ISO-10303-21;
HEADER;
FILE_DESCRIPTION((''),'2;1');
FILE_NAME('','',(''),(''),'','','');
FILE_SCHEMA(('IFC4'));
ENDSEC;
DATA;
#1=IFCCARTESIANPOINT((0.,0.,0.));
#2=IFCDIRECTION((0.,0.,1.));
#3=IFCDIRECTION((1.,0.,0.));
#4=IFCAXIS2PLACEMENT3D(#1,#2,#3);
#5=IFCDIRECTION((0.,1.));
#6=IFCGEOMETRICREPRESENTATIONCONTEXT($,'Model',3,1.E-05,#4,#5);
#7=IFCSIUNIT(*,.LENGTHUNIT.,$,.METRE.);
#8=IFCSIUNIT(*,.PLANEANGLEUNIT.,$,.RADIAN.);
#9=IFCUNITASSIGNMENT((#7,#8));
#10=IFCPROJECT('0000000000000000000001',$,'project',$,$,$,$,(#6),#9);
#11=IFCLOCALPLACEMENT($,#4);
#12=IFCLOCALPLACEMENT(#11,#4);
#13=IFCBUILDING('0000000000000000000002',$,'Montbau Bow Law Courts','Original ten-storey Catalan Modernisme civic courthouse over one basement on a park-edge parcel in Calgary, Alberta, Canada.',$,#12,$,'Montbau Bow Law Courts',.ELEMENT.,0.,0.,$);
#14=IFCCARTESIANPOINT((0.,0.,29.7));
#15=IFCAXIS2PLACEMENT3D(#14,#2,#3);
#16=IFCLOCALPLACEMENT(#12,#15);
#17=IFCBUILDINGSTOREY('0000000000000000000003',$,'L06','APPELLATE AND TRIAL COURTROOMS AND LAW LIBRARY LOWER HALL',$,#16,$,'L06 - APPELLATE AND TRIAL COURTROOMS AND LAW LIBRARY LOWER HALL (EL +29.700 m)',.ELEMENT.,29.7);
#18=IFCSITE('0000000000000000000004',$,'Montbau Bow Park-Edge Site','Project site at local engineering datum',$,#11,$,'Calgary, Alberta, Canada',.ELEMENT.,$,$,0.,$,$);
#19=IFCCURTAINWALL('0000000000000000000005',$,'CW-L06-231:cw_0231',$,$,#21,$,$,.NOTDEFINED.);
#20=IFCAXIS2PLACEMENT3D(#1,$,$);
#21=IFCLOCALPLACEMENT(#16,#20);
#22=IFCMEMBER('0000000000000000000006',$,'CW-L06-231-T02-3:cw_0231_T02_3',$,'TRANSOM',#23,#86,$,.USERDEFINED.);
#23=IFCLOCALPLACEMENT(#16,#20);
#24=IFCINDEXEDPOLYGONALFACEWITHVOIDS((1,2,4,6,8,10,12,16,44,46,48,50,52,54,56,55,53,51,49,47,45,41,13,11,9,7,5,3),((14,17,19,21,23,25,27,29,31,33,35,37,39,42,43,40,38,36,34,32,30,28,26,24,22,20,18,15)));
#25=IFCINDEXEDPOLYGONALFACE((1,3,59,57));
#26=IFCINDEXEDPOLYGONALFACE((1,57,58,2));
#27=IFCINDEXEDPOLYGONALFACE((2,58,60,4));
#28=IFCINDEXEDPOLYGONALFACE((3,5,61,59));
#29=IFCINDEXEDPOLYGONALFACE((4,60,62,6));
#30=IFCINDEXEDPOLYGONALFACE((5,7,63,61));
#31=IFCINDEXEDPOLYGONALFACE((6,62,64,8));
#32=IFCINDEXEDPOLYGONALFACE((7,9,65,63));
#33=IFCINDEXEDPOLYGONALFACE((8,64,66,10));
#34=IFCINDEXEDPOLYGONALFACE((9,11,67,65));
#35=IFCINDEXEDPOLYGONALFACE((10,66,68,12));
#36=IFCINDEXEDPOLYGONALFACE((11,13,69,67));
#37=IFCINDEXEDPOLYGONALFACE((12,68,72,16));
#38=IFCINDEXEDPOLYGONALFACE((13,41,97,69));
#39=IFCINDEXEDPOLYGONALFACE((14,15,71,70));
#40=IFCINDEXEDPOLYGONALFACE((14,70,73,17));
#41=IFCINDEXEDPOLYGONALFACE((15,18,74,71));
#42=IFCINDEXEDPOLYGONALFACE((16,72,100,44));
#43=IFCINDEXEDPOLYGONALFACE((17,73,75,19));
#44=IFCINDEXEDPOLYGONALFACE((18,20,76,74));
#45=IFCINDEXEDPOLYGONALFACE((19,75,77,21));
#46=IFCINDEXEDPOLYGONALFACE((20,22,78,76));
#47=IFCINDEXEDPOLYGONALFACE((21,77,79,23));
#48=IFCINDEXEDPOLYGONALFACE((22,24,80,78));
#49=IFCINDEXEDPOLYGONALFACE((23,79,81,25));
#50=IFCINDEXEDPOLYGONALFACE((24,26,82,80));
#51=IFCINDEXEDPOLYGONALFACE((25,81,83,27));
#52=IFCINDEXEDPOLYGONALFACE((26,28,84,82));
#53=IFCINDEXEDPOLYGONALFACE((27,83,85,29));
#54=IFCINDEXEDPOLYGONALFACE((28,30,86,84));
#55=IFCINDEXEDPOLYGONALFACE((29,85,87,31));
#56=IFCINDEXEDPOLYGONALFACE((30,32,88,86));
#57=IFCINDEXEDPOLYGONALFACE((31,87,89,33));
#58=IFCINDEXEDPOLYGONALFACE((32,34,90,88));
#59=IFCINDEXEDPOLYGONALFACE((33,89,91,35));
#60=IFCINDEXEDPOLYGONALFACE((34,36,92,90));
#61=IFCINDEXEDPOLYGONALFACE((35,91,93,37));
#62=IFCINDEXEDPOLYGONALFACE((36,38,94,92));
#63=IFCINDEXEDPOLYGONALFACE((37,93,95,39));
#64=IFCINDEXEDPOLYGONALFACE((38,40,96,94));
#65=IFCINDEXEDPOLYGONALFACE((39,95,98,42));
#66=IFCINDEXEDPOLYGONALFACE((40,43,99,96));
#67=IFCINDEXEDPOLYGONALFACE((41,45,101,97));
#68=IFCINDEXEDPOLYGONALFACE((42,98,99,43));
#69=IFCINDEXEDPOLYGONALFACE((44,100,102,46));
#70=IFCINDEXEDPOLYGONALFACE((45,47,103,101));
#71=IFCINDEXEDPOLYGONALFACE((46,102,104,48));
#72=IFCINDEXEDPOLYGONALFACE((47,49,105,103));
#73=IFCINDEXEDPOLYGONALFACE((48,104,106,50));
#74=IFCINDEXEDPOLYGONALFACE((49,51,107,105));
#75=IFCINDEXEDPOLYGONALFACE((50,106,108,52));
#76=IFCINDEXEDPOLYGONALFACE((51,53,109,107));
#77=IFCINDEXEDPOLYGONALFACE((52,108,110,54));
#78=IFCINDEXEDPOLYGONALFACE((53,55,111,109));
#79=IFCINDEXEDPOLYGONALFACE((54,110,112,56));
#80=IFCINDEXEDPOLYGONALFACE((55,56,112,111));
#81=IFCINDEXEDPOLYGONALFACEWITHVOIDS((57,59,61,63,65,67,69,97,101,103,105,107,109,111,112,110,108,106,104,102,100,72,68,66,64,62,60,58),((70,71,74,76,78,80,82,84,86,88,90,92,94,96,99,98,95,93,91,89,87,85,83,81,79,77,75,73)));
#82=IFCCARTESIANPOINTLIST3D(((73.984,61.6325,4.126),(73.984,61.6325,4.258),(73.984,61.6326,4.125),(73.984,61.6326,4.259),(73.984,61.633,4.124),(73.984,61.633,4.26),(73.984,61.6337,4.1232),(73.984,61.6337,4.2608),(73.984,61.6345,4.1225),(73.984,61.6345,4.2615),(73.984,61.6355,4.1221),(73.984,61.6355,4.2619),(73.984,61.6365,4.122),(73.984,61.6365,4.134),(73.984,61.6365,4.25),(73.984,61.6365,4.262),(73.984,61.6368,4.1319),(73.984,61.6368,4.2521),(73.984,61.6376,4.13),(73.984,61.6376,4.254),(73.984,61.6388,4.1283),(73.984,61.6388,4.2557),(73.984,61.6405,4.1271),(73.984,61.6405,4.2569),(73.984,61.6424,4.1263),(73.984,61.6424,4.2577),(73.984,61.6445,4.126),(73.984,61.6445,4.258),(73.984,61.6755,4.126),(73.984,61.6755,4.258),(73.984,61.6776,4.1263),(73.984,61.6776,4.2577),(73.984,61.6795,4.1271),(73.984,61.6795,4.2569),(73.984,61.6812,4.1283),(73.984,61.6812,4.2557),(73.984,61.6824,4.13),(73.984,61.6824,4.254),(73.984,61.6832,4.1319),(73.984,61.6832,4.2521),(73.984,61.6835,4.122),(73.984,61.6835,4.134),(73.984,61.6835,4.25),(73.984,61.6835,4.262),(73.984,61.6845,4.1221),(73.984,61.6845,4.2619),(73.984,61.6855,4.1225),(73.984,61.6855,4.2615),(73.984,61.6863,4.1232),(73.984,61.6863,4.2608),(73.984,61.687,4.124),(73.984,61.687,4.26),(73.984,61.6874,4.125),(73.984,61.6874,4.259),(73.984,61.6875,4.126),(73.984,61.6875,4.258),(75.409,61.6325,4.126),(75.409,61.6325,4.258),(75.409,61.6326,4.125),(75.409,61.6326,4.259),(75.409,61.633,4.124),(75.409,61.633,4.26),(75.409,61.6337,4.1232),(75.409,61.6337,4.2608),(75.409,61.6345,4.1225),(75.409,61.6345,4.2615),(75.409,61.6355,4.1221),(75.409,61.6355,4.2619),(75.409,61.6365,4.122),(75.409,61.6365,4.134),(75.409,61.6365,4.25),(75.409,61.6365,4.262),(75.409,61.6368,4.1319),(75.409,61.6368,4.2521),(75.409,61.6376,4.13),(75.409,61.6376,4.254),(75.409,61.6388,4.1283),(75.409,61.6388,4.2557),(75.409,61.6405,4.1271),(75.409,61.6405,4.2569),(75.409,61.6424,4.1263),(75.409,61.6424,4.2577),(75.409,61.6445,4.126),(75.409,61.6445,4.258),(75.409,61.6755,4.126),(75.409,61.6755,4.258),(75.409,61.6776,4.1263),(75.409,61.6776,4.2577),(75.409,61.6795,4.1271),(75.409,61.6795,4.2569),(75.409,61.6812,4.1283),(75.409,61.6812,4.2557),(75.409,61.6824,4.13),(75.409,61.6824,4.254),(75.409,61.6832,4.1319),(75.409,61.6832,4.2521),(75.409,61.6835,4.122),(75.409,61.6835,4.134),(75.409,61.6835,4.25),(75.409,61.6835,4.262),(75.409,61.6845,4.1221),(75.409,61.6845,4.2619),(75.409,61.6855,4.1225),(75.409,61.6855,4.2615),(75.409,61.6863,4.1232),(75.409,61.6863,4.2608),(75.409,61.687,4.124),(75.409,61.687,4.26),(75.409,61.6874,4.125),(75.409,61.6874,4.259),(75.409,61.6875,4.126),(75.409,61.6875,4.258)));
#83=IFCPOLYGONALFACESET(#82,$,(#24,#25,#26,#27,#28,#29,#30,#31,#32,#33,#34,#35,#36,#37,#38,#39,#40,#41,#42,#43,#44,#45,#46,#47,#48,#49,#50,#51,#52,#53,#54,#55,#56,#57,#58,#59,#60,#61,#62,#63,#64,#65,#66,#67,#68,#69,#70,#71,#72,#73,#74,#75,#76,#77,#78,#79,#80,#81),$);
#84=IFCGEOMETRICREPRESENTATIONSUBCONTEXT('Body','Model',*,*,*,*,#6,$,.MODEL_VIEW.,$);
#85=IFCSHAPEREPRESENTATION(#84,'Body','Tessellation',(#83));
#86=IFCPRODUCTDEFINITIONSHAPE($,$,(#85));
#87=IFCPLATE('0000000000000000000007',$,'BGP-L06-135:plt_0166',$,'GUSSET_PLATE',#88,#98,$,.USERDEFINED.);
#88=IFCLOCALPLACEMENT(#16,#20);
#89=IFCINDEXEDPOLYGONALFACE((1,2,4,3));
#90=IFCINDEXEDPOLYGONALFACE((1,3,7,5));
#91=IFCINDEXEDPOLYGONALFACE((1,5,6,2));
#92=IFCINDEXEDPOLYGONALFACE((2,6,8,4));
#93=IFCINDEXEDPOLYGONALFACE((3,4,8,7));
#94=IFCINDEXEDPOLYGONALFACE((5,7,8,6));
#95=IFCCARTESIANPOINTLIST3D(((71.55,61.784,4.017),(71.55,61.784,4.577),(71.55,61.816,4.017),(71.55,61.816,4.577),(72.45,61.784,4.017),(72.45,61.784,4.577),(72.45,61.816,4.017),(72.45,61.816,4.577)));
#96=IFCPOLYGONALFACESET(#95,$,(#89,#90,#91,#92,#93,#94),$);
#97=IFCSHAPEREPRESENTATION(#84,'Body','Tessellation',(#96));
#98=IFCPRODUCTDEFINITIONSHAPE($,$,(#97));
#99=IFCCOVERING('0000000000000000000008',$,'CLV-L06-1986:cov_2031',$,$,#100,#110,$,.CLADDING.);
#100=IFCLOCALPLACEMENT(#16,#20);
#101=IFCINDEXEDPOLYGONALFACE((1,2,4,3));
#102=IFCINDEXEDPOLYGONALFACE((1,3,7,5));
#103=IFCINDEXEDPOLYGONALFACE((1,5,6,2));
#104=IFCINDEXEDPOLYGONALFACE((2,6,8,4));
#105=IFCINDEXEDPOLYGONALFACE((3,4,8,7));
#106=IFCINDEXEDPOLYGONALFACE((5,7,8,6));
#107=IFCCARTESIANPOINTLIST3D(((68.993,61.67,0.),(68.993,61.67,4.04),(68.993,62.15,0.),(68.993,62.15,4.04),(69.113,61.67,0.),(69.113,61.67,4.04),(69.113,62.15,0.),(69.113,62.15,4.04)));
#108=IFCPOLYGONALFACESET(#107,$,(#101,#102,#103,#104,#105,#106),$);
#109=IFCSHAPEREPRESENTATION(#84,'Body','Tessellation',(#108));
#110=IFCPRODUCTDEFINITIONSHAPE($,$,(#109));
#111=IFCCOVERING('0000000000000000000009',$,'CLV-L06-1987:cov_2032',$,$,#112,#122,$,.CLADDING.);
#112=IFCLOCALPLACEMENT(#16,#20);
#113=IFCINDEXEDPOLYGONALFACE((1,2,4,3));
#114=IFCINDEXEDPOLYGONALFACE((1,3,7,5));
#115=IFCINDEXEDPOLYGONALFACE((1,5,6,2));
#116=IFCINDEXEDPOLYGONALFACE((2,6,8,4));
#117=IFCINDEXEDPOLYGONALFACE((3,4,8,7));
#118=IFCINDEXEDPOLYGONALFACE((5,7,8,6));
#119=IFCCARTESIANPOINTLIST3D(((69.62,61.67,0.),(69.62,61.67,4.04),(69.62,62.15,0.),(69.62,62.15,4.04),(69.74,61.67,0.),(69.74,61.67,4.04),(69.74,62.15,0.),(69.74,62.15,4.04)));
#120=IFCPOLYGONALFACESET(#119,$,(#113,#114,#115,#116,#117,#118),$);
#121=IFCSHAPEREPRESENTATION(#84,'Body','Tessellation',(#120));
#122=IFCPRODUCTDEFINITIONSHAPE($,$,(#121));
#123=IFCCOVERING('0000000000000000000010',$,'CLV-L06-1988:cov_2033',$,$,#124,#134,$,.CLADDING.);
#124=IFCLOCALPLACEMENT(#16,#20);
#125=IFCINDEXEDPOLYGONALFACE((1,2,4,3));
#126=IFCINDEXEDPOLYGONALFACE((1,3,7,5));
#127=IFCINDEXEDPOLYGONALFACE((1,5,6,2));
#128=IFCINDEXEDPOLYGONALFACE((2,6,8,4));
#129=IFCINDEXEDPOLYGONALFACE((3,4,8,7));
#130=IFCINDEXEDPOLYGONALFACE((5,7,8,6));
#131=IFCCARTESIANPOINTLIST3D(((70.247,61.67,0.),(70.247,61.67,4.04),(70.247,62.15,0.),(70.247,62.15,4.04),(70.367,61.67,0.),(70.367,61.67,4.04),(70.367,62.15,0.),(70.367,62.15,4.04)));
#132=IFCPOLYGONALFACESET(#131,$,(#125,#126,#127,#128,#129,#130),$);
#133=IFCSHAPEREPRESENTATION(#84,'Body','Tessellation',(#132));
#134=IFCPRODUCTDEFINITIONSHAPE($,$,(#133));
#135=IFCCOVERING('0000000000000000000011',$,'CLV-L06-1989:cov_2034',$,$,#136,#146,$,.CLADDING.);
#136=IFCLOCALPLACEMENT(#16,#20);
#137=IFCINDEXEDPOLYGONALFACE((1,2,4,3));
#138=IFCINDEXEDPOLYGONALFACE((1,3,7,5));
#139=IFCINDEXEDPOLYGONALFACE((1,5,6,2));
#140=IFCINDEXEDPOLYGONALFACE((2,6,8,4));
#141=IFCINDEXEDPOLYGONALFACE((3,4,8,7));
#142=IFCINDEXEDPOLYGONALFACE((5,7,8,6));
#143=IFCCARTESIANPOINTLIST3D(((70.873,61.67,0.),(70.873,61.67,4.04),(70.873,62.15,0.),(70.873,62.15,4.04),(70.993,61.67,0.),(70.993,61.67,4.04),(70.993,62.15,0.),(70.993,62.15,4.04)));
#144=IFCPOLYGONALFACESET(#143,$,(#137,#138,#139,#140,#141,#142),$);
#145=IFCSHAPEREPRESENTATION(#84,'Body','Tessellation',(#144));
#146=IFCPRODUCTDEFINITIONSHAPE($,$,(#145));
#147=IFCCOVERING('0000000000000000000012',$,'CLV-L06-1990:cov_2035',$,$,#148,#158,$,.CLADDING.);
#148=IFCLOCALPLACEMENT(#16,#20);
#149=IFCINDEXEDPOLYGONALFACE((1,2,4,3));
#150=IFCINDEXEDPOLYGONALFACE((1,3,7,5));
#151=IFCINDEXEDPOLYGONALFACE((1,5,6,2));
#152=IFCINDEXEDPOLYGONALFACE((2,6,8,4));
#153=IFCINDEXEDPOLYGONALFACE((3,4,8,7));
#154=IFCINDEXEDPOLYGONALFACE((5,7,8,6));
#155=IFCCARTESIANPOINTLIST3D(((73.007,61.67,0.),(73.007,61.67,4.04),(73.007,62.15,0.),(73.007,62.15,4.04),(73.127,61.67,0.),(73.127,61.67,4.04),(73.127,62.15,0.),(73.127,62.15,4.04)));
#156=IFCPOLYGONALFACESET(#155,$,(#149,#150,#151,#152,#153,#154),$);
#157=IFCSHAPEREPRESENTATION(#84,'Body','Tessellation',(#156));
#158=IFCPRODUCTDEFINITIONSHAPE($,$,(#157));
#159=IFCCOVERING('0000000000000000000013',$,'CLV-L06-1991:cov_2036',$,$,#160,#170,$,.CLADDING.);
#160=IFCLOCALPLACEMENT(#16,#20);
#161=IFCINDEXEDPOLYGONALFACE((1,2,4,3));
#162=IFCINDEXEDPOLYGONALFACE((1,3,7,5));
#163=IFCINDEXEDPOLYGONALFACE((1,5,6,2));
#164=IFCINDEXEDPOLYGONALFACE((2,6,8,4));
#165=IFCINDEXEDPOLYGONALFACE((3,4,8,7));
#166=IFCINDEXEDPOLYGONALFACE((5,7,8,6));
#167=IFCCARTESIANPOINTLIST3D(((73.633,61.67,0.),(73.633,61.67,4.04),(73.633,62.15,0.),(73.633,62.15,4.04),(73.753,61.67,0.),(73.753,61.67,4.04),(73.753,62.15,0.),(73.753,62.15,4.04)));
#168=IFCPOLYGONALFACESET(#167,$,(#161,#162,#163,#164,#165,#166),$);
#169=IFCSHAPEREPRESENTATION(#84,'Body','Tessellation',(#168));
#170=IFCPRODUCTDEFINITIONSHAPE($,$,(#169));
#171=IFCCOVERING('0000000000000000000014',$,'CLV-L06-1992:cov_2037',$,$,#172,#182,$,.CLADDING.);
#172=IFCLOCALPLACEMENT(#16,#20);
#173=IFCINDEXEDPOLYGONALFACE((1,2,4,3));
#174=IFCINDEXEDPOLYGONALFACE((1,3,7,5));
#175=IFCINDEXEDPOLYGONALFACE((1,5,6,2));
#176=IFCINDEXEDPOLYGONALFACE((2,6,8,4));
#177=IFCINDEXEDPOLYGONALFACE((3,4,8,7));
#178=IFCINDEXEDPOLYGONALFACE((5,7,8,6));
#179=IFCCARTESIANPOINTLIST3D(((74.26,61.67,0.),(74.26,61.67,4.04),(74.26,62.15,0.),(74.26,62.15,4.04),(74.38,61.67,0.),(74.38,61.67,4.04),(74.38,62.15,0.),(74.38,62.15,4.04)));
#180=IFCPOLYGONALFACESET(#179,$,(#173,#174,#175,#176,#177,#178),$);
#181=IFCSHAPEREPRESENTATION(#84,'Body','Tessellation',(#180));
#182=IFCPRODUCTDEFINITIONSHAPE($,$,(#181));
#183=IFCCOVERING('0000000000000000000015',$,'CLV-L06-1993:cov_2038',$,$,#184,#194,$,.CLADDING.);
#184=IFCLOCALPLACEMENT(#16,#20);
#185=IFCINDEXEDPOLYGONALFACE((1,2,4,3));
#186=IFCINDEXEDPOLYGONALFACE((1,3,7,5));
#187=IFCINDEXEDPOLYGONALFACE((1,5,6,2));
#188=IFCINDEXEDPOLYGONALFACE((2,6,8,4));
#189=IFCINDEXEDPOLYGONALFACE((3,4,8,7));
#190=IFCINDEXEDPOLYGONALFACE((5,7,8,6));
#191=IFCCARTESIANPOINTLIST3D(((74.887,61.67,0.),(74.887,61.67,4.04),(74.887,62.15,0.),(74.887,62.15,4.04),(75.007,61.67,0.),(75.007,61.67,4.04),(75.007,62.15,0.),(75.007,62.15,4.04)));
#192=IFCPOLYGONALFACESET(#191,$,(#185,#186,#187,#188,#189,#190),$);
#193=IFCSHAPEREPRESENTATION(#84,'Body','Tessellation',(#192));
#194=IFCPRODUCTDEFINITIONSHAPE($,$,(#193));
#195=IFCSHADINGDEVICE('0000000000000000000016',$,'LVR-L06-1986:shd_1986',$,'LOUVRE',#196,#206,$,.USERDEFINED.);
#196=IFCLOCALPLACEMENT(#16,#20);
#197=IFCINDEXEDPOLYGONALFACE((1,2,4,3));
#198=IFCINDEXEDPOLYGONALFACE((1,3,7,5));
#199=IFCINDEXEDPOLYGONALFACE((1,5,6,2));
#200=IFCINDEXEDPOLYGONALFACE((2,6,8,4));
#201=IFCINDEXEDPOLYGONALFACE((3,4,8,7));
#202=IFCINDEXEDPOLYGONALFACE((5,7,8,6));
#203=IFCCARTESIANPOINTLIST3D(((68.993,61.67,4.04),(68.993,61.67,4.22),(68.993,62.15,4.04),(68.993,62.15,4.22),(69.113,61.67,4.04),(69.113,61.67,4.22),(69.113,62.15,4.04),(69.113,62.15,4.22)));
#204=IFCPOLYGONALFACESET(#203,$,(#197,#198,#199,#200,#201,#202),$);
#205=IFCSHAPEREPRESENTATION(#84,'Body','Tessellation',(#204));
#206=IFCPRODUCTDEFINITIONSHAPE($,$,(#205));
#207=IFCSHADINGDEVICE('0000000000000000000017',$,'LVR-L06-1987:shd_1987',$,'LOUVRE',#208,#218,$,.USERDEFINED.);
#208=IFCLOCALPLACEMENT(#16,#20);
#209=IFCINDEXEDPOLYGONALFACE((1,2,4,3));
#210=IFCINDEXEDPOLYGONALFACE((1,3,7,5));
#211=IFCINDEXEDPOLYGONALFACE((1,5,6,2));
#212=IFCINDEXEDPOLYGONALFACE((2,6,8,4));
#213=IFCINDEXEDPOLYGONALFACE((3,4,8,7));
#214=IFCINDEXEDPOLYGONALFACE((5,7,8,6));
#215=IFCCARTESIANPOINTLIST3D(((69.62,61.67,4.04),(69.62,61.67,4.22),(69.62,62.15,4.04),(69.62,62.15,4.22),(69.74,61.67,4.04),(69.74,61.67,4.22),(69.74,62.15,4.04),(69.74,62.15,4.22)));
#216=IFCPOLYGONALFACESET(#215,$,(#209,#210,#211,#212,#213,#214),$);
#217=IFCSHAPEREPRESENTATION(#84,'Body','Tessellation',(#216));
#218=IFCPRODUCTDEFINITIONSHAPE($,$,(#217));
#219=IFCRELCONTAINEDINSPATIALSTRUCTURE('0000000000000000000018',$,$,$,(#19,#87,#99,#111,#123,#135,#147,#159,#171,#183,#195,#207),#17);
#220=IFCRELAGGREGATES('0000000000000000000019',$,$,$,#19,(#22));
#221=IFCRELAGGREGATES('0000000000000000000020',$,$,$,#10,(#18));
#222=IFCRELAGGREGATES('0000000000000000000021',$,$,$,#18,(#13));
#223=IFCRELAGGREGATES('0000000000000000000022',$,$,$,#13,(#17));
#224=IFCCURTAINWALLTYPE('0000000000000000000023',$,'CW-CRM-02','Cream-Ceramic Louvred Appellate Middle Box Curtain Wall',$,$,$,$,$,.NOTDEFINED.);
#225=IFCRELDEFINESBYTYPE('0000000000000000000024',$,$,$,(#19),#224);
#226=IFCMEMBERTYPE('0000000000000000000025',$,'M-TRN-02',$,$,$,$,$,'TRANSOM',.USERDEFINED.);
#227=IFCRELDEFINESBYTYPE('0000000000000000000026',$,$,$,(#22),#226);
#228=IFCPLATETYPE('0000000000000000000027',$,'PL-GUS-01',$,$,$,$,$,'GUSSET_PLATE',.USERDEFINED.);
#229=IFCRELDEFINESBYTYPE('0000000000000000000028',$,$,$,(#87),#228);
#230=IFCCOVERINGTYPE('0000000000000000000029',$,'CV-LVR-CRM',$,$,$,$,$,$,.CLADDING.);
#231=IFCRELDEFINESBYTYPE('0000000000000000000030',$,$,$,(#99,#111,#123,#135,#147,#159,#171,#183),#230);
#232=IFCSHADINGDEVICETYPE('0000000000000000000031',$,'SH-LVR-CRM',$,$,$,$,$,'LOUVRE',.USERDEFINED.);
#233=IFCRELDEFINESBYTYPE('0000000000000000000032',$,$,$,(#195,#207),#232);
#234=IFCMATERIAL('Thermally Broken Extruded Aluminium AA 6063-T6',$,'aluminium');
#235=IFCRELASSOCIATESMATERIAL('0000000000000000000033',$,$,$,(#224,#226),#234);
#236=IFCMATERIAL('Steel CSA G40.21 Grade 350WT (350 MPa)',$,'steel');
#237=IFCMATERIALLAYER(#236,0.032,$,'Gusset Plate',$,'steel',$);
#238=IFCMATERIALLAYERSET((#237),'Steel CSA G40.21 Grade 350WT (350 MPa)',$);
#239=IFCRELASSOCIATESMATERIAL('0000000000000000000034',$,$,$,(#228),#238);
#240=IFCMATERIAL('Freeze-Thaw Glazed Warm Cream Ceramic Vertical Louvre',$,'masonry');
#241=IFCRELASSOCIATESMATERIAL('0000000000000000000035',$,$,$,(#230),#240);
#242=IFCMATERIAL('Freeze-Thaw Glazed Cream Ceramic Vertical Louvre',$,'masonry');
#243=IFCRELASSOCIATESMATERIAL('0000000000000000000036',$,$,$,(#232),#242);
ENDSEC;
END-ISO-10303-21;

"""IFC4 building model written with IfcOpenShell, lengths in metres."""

from ifc_helpers import new_model, si_unit, direction, frame, frame_2d, origin_with_axes, origin_2d_with_axis, place, context, subcontext, project, spatial, rectangle, hollow_rectangle, extrude, material, layer, layer_set, material_profile, profile_set, type_object, element, aggregate, save


model = new_model("IFC4")

# Units and contexts
model_context = context("Model", 3, precision=1e-05, world=origin_with_axes(), true_north=direction((0.0, 1.0)))
body_context = subcontext(model_context, "Body", "Model", "MODEL_VIEW")
ifc_project = project(units=[si_unit("LENGTHUNIT", "METRE"), si_unit("PLANEANGLEUNIT", "RADIAN")], contexts=[model_context])

# Site, building, storey
site_placement = place(None, origin_with_axes())
site = spatial("IfcSite", under=ifc_project, at=site_placement, Name="Montbau Bow Park-Edge Site", Description="Project site at local engineering datum", LongName="Calgary, Alberta, Canada", CompositionType="ELEMENT", RefElevation=0.0)
building_placement = place(site_placement, origin_with_axes())
building = spatial("IfcBuilding", under=site, at=building_placement, Name="Montbau Bow Law Courts", Description="Original ten-storey Catalan Modernisme civic courthouse over one basement on a park-edge parcel in Calgary, Alberta, Canada.", LongName="Montbau Bow Law Courts", CompositionType="ELEMENT", ElevationOfRefHeight=0.0, ElevationOfTerrain=0.0)
storey_placement = place(building_placement, frame((0.0, 0.0, 29.7), z_axis=(0.0, 0.0, 1.0), x_axis=(1.0, 0.0, 0.0)))
storey = spatial("IfcBuildingStorey", under=building, at=storey_placement, Name="L06", Description="APPELLATE AND TRIAL COURTROOMS AND LAW LIBRARY LOWER HALL", LongName="L06 - APPELLATE AND TRIAL COURTROOMS AND LAW LIBRARY LOWER HALL (EL +29.700 m)", CompositionType="ELEMENT", Elevation=29.7)

# Shared definitions
ifc_material_1 = material(Name="Steel CSA G40.21 Grade 350WT (350 MPa)", Category="steel")

# Curtain wall, member
ifc_material_2 = material(Name="Thermally Broken Extruded Aluminium AA 6063-T6", Category="aluminium")
curtain_wall_type = type_object("IfcCurtainWallType", Name="CW-CRM-02", Description="Cream-Ceramic Louvred Appellate Middle Box Curtain Wall", PredefinedType="NOTDEFINED", material=ifc_material_2)
curtain_wall_placement = place(None, frame((72.44, 61.66, 29.7), z_axis=(0.0, 0.0, 1.0), x_axis=(1.0, 0.0, 0.0)))
curtain_wall = element("IfcCurtainWall", 1, at=curtain_wall_placement, inside=storey, type_object=curtain_wall_type, Name="CW-L06-231:cw_0231", PredefinedType="NOTDEFINED")
ifc_material_profile_1 = material_profile(ifc_material_2, hollow_rectangle(XDim=0.055, YDim=0.14, WallThickness=0.004, InnerFilletRadius=0.008, OuterFilletRadius=0.004, at=origin_2d_with_axis()), Name="CWT-140X55", Category="Main", Priority=0)
ifc_profile_set_1 = profile_set([ifc_material_profile_1], Name="Thermally Broken Extruded Aluminium AA 6063-T6")
member_type_1 = type_object("IfcMemberType", Name="M-TRN-02", ElementType="TRANSOM", PredefinedType="USERDEFINED", material=ifc_profile_set_1)
member_1_placement = place(None, frame((73.984, 61.66, 33.892), z_axis=(1.0, 0.0, 0.0), x_axis=(0.0, 1.0, 0.0)))
member_1 = element("IfcMember", 2, at=member_1_placement, type_object=member_type_1, Name="CW-L06-231-T02-3:cw_0231_T02_3", ObjectType="TRANSOM", PredefinedType="USERDEFINED", context=body_context, shape_type="SweptSolid", body=[
    extrude(hollow_rectangle(XDim=0.055, YDim=0.14, WallThickness=0.004, InnerFilletRadius=0.008, OuterFilletRadius=0.004, at=origin_2d_with_axis()), origin_with_axes(), (0.0, 0.0, 1.0), 1.425),
])
aggregate(curtain_wall, [member_1])

# Plate
ifc_layer = layer(ifc_material_1, 0.032, Name="Gusset Plate", Category="steel")
ifc_layer_set = layer_set([ifc_layer], Name="Steel CSA G40.21 Grade 350WT (350 MPa)")
plate_type = type_object("IfcPlateType", Name="PL-GUS-01", ElementType="GUSSET_PLATE", PredefinedType="USERDEFINED", material=ifc_layer_set)
plate_placement = place(None, frame((72.0, 61.8, 33.717), z_axis=(0.0, 0.0, 1.0), x_axis=(1.0, 0.0, 0.0)))
element("IfcPlate", 3, at=plate_placement, inside=storey, type_object=plate_type, Name="BGP-L06-135:plt_0166", ObjectType="GUSSET_PLATE", PredefinedType="USERDEFINED", context=body_context, shape_type="SweptSolid", body=[
    extrude(rectangle(XDim=0.9, YDim=0.032, at=origin_2d_with_axis()), origin_with_axes(), (0.0, 0.0, 1.0), 0.56),
])

# Coverings
ifc_material_3 = material(Name="Freeze-Thaw Glazed Warm Cream Ceramic Vertical Louvre", Category="masonry")
covering_type = type_object("IfcCoveringType", Name="CV-LVR-CRM", PredefinedType="CLADDING", material=ifc_material_3)
for number, where, z_axis, x_axis, name in (
    (4, (69.053, 61.67, 29.7), (1.0, 0.0, 0.0), (0.0, 1.0, 0.0), "CLV-L06-1986:cov_2031"),
    (5, (69.68, 61.67, 29.7), (1.0, 0.0, 0.0), (0.0, 1.0, 0.0), "CLV-L06-1987:cov_2032"),
    (6, (70.307, 61.67, 29.7), (1.0, 0.0, 0.0), (0.0, 1.0, 0.0), "CLV-L06-1988:cov_2033"),
    (7, (70.933, 61.67, 29.7), (1.0, 0.0, 0.0), (0.0, 1.0, 0.0), "CLV-L06-1989:cov_2034"),
    (8, (73.067, 61.67, 29.7), (1.0, 0.0, 0.0), (0.0, 1.0, 0.0), "CLV-L06-1990:cov_2035"),
    (9, (73.693, 61.67, 29.7), (1.0, 0.0, 0.0), (0.0, 1.0, 0.0), "CLV-L06-1991:cov_2036"),
    (10, (74.32, 61.67, 29.7), (1.0, 0.0, 0.0), (0.0, 1.0, 0.0), "CLV-L06-1992:cov_2037"),
    (11, (74.947, 61.67, 29.7), (1.0, 0.0, 0.0), (0.0, 1.0, 0.0), "CLV-L06-1993:cov_2038"),
):
    element("IfcCovering", number, at=place(None, frame(where, z_axis=z_axis, x_axis=x_axis)), inside=storey, type_object=covering_type, Name=name, PredefinedType="CLADDING", context=body_context, shape_type="SweptSolid", body=[
        extrude(rectangle(XDim=0.48, YDim=4.04, at=frame_2d((0.24, 2.02), x_axis=(1.0, 0.0))), frame((0.0, 0.0, -0.06), z_axis=(0.0, 0.0, 1.0), x_axis=(1.0, 0.0, 0.0)), (0.0, 0.0, 1.0), 0.12),
    ])

# Shading devices
ifc_material_4 = material(Name="Freeze-Thaw Glazed Cream Ceramic Vertical Louvre", Category="masonry")
shading_device_type = type_object("IfcShadingDeviceType", Name="SH-LVR-CRM", ElementType="LOUVRE", PredefinedType="USERDEFINED", material=ifc_material_4)
for number, where, z_axis, x_axis, name in (
    (12, (69.053, 61.91, 33.74), (0.0, 0.0, 1.0), (0.0, 1.0, 0.0), "LVR-L06-1986:shd_1986"),
    (13, (69.68, 61.91, 33.74), (0.0, 0.0, 1.0), (0.0, 1.0, 0.0), "LVR-L06-1987:shd_1987"),
):
    element("IfcShadingDevice", number, at=place(None, frame(where, z_axis=z_axis, x_axis=x_axis)), inside=storey, type_object=shading_device_type, Name=name, ObjectType="LOUVRE", PredefinedType="USERDEFINED", context=body_context, shape_type="SweptSolid", body=[
        extrude(rectangle(XDim=0.48, YDim=0.12, at=origin_2d_with_axis()), origin_with_axes(), (0.0, 0.0, 1.0), 0.18),
    ])

save(model, "model.ifc")
